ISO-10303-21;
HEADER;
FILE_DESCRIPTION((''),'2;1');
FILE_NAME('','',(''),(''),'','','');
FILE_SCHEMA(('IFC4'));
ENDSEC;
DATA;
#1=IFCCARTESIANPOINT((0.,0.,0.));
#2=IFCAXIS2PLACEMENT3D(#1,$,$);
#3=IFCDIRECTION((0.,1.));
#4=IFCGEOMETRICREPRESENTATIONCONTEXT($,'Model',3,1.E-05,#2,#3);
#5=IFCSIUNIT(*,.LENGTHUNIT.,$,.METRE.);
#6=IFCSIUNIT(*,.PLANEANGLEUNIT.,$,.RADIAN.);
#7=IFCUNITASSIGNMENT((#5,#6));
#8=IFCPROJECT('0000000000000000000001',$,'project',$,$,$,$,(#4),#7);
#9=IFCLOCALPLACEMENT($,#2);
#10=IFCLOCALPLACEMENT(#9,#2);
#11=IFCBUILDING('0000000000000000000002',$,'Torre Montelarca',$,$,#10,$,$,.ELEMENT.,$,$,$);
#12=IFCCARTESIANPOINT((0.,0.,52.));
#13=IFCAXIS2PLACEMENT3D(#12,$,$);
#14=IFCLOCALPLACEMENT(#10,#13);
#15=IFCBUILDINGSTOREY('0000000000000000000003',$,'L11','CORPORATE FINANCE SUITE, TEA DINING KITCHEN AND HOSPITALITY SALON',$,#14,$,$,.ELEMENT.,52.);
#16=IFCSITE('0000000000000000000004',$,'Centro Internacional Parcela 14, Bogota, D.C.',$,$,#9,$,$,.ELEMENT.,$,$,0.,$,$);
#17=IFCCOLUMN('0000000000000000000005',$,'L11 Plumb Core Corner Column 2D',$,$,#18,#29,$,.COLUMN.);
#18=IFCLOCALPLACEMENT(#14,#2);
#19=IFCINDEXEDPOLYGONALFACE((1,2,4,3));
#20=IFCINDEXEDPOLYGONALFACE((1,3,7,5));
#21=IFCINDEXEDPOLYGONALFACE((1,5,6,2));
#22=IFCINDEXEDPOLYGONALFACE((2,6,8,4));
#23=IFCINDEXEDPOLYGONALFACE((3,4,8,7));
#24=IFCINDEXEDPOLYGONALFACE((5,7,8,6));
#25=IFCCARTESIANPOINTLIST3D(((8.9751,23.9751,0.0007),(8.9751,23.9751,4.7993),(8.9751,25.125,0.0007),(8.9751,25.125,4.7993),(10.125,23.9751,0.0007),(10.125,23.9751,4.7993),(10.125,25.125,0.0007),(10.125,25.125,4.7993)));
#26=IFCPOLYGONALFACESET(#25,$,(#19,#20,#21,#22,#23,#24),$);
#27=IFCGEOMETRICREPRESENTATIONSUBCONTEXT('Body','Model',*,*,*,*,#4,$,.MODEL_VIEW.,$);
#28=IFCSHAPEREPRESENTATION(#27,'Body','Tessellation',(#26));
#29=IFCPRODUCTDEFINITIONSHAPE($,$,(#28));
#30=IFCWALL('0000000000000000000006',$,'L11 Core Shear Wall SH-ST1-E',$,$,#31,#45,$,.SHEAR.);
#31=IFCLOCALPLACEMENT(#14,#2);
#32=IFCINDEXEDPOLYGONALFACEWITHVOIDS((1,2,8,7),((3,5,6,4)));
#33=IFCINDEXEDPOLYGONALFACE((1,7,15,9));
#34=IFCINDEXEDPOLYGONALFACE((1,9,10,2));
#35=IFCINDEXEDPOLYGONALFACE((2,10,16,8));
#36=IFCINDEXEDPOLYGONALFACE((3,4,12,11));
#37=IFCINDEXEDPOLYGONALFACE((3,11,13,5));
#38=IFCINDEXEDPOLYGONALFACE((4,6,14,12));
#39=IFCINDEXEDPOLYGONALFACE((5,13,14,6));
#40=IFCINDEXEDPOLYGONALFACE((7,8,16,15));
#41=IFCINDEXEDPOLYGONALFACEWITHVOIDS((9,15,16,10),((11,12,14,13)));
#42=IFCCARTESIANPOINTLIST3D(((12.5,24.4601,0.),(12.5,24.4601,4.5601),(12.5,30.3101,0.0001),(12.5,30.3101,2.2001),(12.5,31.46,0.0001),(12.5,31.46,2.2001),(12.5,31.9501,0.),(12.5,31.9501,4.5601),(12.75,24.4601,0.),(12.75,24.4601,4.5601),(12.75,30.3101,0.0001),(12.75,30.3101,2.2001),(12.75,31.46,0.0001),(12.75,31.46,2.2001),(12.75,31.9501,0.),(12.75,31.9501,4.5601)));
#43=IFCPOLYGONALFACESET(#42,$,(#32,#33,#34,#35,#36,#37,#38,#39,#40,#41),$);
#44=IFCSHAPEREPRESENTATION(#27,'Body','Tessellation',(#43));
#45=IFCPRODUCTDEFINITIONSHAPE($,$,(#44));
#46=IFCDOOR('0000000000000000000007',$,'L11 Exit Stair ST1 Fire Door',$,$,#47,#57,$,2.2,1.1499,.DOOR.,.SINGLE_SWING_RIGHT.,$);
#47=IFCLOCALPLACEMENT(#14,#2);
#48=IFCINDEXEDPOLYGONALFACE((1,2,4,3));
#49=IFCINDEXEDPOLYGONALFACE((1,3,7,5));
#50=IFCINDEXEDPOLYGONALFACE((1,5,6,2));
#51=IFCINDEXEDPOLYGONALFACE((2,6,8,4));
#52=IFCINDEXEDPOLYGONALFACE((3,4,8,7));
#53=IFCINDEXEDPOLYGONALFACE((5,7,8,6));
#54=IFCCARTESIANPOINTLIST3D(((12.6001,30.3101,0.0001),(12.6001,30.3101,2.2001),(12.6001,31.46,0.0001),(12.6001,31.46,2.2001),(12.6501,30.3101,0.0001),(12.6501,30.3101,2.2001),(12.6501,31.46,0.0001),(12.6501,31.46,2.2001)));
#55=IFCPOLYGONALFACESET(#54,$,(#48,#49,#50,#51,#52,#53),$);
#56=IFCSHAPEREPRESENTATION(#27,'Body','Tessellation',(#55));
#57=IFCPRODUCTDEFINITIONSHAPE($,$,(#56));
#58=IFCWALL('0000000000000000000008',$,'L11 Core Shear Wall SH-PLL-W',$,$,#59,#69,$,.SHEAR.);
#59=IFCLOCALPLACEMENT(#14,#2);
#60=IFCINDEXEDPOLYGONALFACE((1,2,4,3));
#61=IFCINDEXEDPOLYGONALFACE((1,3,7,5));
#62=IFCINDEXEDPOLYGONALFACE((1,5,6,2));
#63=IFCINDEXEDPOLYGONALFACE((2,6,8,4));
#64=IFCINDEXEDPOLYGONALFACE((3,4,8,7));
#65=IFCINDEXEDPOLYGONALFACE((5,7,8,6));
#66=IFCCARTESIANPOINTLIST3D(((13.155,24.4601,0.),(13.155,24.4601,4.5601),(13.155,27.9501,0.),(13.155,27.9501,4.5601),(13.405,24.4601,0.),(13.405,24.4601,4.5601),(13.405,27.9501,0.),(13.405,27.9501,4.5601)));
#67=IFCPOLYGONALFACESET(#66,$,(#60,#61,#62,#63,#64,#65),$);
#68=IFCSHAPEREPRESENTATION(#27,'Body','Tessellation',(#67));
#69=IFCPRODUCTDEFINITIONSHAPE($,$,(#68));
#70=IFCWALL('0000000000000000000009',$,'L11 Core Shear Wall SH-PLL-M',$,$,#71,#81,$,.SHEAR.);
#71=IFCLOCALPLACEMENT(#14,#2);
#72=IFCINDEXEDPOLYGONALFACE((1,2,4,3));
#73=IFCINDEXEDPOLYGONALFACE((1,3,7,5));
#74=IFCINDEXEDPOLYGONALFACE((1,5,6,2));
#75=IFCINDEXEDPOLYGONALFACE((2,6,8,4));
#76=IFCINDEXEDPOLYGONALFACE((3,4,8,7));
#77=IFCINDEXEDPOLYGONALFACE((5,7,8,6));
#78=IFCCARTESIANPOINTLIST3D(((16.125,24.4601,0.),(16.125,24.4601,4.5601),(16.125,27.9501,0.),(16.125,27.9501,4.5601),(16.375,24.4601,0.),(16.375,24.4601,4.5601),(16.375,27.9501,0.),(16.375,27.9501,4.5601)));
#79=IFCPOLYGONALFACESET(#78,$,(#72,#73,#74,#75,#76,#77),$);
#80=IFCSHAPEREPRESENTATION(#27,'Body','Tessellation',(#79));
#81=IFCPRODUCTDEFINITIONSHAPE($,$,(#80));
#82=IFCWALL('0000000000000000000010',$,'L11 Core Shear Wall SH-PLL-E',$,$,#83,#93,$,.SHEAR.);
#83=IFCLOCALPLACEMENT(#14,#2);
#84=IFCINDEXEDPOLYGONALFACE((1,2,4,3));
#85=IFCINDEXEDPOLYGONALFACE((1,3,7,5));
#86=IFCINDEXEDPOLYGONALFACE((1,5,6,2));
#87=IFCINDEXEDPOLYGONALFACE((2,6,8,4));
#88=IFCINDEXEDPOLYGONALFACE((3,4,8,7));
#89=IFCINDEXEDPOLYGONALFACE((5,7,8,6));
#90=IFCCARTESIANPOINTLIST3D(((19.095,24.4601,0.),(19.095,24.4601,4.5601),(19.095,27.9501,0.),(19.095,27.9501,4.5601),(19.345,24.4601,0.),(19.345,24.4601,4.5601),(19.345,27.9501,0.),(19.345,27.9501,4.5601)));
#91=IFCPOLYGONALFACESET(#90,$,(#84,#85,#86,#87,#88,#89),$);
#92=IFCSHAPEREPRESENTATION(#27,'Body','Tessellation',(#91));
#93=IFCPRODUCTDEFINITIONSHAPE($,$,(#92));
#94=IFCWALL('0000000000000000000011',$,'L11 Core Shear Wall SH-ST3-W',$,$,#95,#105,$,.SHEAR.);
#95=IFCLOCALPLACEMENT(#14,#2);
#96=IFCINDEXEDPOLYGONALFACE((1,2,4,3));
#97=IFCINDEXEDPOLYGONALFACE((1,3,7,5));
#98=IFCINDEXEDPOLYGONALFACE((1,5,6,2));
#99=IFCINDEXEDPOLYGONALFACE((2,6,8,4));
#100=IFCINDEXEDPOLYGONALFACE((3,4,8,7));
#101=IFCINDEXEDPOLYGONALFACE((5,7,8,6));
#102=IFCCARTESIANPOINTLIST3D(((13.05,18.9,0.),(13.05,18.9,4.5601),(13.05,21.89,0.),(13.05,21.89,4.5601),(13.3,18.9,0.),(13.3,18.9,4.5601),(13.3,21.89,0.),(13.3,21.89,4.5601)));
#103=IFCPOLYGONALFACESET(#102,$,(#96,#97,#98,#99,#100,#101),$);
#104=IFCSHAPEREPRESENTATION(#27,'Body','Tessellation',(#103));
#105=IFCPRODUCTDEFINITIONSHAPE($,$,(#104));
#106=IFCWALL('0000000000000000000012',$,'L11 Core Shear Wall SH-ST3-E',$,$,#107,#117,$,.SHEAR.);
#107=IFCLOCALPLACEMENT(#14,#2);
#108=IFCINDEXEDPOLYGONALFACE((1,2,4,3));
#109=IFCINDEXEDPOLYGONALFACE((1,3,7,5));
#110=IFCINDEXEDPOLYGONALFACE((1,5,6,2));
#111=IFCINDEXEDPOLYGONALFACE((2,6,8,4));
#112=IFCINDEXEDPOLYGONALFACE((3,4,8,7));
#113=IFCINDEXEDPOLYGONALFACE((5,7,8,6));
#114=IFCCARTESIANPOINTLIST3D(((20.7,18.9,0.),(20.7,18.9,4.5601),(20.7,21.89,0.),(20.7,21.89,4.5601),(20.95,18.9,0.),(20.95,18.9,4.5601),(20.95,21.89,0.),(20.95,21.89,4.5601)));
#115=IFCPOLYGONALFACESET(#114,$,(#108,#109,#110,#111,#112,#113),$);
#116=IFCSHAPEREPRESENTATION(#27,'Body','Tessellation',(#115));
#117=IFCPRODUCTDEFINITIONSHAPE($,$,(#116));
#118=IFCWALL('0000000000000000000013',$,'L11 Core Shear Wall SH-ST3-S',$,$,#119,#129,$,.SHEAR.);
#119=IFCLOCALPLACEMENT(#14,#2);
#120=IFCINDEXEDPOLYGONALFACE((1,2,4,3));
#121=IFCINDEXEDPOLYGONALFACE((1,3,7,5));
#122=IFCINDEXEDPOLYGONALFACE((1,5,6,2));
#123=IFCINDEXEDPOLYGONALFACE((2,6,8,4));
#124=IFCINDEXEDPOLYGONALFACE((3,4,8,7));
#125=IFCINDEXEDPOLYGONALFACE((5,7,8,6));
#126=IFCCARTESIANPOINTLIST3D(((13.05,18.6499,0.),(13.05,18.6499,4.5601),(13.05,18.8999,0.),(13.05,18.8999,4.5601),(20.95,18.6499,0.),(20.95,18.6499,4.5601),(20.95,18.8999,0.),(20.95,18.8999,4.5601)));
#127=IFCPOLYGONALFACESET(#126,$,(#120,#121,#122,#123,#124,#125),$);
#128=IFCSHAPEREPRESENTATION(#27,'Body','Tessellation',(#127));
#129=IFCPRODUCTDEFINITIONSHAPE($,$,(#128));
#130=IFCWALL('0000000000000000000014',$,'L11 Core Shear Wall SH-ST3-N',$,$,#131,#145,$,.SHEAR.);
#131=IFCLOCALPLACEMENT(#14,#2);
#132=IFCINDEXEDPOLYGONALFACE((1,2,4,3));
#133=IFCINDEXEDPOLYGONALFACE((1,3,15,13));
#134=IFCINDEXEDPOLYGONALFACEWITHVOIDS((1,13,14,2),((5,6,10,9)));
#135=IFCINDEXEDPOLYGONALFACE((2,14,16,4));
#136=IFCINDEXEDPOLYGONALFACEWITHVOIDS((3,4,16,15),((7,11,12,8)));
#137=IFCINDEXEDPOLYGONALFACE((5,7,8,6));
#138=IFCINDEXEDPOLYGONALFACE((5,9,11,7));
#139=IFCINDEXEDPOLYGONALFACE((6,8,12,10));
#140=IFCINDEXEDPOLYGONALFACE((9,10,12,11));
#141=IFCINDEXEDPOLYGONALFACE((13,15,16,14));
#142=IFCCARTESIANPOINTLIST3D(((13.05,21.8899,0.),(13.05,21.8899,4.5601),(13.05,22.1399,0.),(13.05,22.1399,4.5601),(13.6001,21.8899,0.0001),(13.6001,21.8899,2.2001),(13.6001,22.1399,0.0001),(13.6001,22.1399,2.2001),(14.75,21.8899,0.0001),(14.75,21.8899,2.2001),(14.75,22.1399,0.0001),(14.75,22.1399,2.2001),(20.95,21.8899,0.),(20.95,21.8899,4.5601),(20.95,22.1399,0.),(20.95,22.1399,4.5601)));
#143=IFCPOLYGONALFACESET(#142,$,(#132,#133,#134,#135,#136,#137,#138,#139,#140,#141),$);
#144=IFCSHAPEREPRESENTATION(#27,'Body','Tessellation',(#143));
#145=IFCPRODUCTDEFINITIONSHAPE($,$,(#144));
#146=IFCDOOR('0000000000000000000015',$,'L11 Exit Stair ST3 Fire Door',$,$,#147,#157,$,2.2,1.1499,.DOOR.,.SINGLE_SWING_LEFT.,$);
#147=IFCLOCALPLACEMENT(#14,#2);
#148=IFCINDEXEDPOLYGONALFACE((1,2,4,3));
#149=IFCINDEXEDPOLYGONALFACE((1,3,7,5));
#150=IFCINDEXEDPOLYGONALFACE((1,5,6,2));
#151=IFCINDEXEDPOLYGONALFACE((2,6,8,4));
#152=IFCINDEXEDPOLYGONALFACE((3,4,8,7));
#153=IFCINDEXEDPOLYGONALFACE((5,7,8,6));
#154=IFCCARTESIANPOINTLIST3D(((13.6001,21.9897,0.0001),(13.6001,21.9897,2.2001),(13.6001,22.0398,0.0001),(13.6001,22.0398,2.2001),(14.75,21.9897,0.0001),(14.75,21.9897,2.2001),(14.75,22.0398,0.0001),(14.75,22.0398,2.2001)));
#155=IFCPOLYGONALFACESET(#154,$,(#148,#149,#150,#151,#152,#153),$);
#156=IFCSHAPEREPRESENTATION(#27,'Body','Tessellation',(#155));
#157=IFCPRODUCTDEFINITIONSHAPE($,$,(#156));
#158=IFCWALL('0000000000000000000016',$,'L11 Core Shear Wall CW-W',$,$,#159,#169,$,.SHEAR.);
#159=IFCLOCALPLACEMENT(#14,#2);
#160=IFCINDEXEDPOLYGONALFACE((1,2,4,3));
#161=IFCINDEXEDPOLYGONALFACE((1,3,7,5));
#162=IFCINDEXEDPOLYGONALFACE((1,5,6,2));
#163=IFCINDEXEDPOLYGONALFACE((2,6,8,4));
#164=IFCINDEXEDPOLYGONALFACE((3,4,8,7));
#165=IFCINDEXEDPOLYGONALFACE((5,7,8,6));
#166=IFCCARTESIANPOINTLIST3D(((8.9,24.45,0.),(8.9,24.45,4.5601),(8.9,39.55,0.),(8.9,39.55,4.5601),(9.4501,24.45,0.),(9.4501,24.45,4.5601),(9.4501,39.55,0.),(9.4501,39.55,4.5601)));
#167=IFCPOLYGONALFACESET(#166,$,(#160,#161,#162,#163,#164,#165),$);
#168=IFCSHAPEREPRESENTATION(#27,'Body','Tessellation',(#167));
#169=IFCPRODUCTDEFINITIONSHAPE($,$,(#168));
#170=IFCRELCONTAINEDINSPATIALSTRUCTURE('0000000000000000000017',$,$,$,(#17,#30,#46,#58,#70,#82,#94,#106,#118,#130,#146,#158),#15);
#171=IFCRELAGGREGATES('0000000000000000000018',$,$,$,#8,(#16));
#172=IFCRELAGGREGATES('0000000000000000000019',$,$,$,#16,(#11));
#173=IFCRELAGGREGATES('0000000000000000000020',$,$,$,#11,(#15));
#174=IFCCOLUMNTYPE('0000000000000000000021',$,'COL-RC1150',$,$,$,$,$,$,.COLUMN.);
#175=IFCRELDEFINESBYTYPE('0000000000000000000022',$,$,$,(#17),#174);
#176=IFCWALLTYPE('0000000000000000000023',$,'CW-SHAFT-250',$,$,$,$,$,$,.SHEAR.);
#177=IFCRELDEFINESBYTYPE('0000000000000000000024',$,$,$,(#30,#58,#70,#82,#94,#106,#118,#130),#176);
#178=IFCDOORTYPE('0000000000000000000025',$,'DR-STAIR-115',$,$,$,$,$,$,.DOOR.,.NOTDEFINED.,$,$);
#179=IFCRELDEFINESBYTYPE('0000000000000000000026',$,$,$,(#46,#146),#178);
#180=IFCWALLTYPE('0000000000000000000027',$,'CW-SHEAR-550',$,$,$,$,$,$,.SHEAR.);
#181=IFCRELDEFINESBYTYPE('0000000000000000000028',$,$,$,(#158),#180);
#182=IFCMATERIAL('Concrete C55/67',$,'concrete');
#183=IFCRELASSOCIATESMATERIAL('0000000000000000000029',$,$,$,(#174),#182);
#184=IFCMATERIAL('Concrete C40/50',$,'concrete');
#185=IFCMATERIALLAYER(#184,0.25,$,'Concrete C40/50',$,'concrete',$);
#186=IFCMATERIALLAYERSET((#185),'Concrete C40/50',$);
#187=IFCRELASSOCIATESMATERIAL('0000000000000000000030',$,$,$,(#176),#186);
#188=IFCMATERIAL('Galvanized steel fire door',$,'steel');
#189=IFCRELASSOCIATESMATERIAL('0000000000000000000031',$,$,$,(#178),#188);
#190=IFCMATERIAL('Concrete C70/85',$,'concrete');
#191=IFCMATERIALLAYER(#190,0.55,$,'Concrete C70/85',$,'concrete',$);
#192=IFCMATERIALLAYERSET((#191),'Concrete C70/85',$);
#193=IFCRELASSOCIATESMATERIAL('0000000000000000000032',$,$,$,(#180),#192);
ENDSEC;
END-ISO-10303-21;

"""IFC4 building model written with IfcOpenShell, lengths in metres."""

from ifc_helpers import new_model, si_unit, direction, frame, frame_2d, origin, origin_2d, place, context, subcontext, project, spatial, rectangle, extrude, source, transform, mapped, material, layer, layer_set, material_profile, profile_set, type_object, element, fill, save


model = new_model("IFC4")

# Units and contexts
model_context = context("Model", 3, precision=1e-05, world=origin(), true_north=direction((0.0, 1.0)))
body_context = subcontext(model_context, "Body", "Model", "MODEL_VIEW")
ifc_project = project(units=[si_unit("LENGTHUNIT", "METRE"), si_unit("PLANEANGLEUNIT", "RADIAN")], contexts=[model_context])

# Site, building, storey
site_placement = place(None, origin())
site = spatial("IfcSite", under=ifc_project, at=site_placement, Name="Centro Internacional Parcela 14, Bogota, D.C.", CompositionType="ELEMENT", RefElevation=0.0)
building_placement = place(site_placement, origin())
building = spatial("IfcBuilding", under=site, at=building_placement, Name="Torre Montelarca", CompositionType="ELEMENT")
storey_placement = place(building_placement, frame((0.0, 0.0, 52.0)))
storey = spatial("IfcBuildingStorey", under=building, at=storey_placement, Name="L11", Description="CORPORATE FINANCE SUITE, TEA DINING KITCHEN AND HOSPITALITY SALON", CompositionType="ELEMENT", Elevation=52.0)

# Column
ifc_material_1 = material(Name="Concrete C55/67", Category="concrete")
ifc_material_profile = material_profile(ifc_material_1, rectangle(XDim=1.1499, YDim=1.1499, at=origin_2d()), Name="RC1150X1150", Category="concrete")
ifc_profile_set = profile_set([ifc_material_profile], Name="Concrete C55/67")
column_type = type_object("IfcColumnType", Name="COL-RC1150", PredefinedType="COLUMN", material=ifc_profile_set)
shared_shape_1 = source(origin(), body_context, "Body", "SweptSolid", [
    extrude(rectangle(XDim=1.1499, YDim=1.1499, at=origin_2d()), origin(), (0.0, 0.0, 1.0), 4.7986),
])
column_placement = place(storey_placement, frame((9.55, 24.55, 0.0007), z_axis=(0.0, 0.0, 1.0), x_axis=(1.0, 0.0, 0.0)))
element("IfcColumn", 1, at=column_placement, inside=storey, type_object=column_type, Name="L11 Plumb Core Corner Column 2D", PredefinedType="COLUMN", context=body_context, shape_type="MappedRepresentation", body=[
    mapped(shared_shape_1, transform((0.0, 0.0, 0.0), scale=1.0)),
])

# Wall, opening, door
ifc_material_2 = material(Name="Concrete C40/50", Category="concrete")
ifc_layer_1 = layer(ifc_material_2, 0.25, Name="Concrete C40/50", Category="concrete")
ifc_layer_set_1 = layer_set([ifc_layer_1], Name="Concrete C40/50")
wall_type_1 = type_object("IfcWallType", Name="CW-SHAFT-250", PredefinedType="SHEAR", material=ifc_layer_set_1)
wall_1_placement = place(storey_placement, frame((12.625, 24.46, 0.0), z_axis=(0.0, 0.0, 1.0), x_axis=(0.0, 1.0, 0.0)))
wall_1 = element("IfcWall", 2, at=wall_1_placement, inside=storey, type_object=wall_type_1, Name="L11 Core Shear Wall SH-ST1-E", PredefinedType="SHEAR", context=body_context, shape_type="SweptSolid", body=[
    extrude(rectangle(XDim=7.49, YDim=0.25, at=frame_2d((3.7451, 0.0))), origin(), (0.0, 0.0, 1.0), 4.5601),
])
opening_1_placement = place(wall_1_placement, frame((5.8501, 0.0, 0.0)))
opening_1 = element("IfcOpeningElement", 3, at=opening_1_placement, cuts=wall_1, PredefinedType="OPENING", context=body_context, shape_type="SweptSolid", body=[
    extrude(rectangle(XDim=1.1499, YDim=2.2, at=frame_2d((0.575, 1.1001))), frame((0.0, 0.135, 0.0), z_axis=(0.0, -1.0, 0.0), x_axis=(1.0, 0.0, 0.0)), (0.0, 0.0, 1.0), 0.27),
])
ifc_material_3 = material(Name="Galvanized steel fire door", Category="steel")
door_type_1 = type_object("IfcDoorType", Name="DR-STAIR-115", OperationType="NOTDEFINED", PredefinedType="DOOR", material=ifc_material_3)
shared_shape_2 = source(origin(), body_context, "Body", "SweptSolid", [
    extrude(rectangle(XDim=1.1499, YDim=2.2, at=frame_2d((0.575, 1.1001))), frame((0.0, 0.0249, 0.0), z_axis=(0.0, -1.0, 0.0), x_axis=(1.0, 0.0, 0.0)), (0.0, 0.0, 1.0), 0.05),
])
door_1_placement = place(opening_1_placement, origin())
door_1 = element("IfcDoor", 4, at=door_1_placement, inside=storey, type_object=door_type_1, Name="L11 Exit Stair ST1 Fire Door", OperationType="SINGLE_SWING_RIGHT", OverallHeight=2.2, OverallWidth=1.1499, PredefinedType="DOOR", context=body_context, shape_type="MappedRepresentation", body=[
    mapped(shared_shape_2, transform((0.0, 0.0, 0.0), scale=1.0)),
])
fill(opening_1, door_1)

# Walls
for number, where, z_axis, x_axis, name in (
    (5, (13.28, 24.46, 0.0), (0.0, 0.0, 1.0), (0.0, 1.0, 0.0), "L11 Core Shear Wall SH-PLL-W"),
    (6, (16.25, 24.46, 0.0), (0.0, 0.0, 1.0), (0.0, 1.0, 0.0), "L11 Core Shear Wall SH-PLL-M"),
    (7, (19.22, 24.46, 0.0), (0.0, 0.0, 1.0), (0.0, 1.0, 0.0), "L11 Core Shear Wall SH-PLL-E"),
):
    element("IfcWall", number, at=place(storey_placement, frame(where, z_axis=z_axis, x_axis=x_axis)), inside=storey, type_object=wall_type_1, Name=name, PredefinedType="SHEAR", context=body_context, shape_type="SweptSolid", body=[
        extrude(rectangle(XDim=3.49, YDim=0.25, at=frame_2d((1.7451, 0.0))), origin(), (0.0, 0.0, 1.0), 4.5601),
    ])
for number, where, z_axis, x_axis, name in (
    (8, (13.175, 18.8999, 0.0), (0.0, 0.0, 1.0), (0.0, 1.0, 0.0), "L11 Core Shear Wall SH-ST3-W"),
    (9, (20.825, 18.8999, 0.0), (0.0, 0.0, 1.0), (0.0, 1.0, 0.0), "L11 Core Shear Wall SH-ST3-E"),
):
    element("IfcWall", number, at=place(storey_placement, frame(where, z_axis=z_axis, x_axis=x_axis)), inside=storey, type_object=wall_type_1, Name=name, PredefinedType="SHEAR", context=body_context, shape_type="SweptSolid", body=[
        extrude(rectangle(XDim=2.99, YDim=0.25, at=frame_2d((1.4951, 0.0))), origin(), (0.0, 0.0, 1.0), 4.5601),
    ])
wall_2_placement = place(storey_placement, frame((13.05, 18.7749, 0.0), z_axis=(0.0, 0.0, 1.0), x_axis=(1.0, 0.0, 0.0)))
element("IfcWall", 10, at=wall_2_placement, inside=storey, type_object=wall_type_1, Name="L11 Core Shear Wall SH-ST3-S", PredefinedType="SHEAR", context=body_context, shape_type="SweptSolid", body=[
    extrude(rectangle(XDim=7.8999, YDim=0.25, at=frame_2d((3.95, 0.0))), origin(), (0.0, 0.0, 1.0), 4.5601),
])

# Wall, opening, door
wall_3_placement = place(storey_placement, frame((13.05, 22.0149, 0.0), z_axis=(0.0, 0.0, 1.0), x_axis=(1.0, 0.0, 0.0)))
wall_3 = element("IfcWall", 11, at=wall_3_placement, inside=storey, type_object=wall_type_1, Name="L11 Core Shear Wall SH-ST3-N", PredefinedType="SHEAR", context=body_context, shape_type="SweptSolid", body=[
    extrude(rectangle(XDim=7.8999, YDim=0.25, at=frame_2d((3.95, 0.0))), origin(), (0.0, 0.0, 1.0), 4.5601),
])
opening_2_placement = place(wall_3_placement, frame((0.55, 0.0, 0.0)))
opening_2 = element("IfcOpeningElement", 12, at=opening_2_placement, cuts=wall_3, PredefinedType="OPENING", context=body_context, shape_type="SweptSolid", body=[
    extrude(rectangle(XDim=1.1499, YDim=2.2, at=frame_2d((0.575, 1.1001))), frame((0.0, 0.135, 0.0), z_axis=(0.0, -1.0, 0.0), x_axis=(1.0, 0.0, 0.0)), (0.0, 0.0, 1.0), 0.27),
])
door_2_placement = place(opening_2_placement, origin())
door_2 = element("IfcDoor", 13, at=door_2_placement, inside=storey, type_object=door_type_1, Name="L11 Exit Stair ST3 Fire Door", OperationType="SINGLE_SWING_LEFT", OverallHeight=2.2, OverallWidth=1.1499, PredefinedType="DOOR", context=body_context, shape_type="MappedRepresentation", body=[
    mapped(shared_shape_2, transform((0.0, 0.0, 0.0), scale=1.0)),
])
fill(opening_2, door_2)

# Wall
ifc_material_4 = material(Name="Concrete C70/85", Category="concrete")
ifc_layer_2 = layer(ifc_material_4, 0.55, Name="Concrete C70/85", Category="concrete")
ifc_layer_set_2 = layer_set([ifc_layer_2], Name="Concrete C70/85")
wall_type_2 = type_object("IfcWallType", Name="CW-SHEAR-550", PredefinedType="SHEAR", material=ifc_layer_set_2)
wall_4_placement = place(storey_placement, frame((9.175, 24.45, 0.0), z_axis=(0.0, 0.0, 1.0), x_axis=(0.0, 1.0, 0.0)))
element("IfcWall", 14, at=wall_4_placement, inside=storey, type_object=wall_type_2, Name="L11 Core Shear Wall CW-W", PredefinedType="SHEAR", context=body_context, shape_type="SweptSolid", body=[
    extrude(rectangle(XDim=15.1001, YDim=0.55, at=frame_2d((7.55, 0.0))), origin(), (0.0, 0.0, 1.0), 4.5601),
])

save(model, "model.ifc")
